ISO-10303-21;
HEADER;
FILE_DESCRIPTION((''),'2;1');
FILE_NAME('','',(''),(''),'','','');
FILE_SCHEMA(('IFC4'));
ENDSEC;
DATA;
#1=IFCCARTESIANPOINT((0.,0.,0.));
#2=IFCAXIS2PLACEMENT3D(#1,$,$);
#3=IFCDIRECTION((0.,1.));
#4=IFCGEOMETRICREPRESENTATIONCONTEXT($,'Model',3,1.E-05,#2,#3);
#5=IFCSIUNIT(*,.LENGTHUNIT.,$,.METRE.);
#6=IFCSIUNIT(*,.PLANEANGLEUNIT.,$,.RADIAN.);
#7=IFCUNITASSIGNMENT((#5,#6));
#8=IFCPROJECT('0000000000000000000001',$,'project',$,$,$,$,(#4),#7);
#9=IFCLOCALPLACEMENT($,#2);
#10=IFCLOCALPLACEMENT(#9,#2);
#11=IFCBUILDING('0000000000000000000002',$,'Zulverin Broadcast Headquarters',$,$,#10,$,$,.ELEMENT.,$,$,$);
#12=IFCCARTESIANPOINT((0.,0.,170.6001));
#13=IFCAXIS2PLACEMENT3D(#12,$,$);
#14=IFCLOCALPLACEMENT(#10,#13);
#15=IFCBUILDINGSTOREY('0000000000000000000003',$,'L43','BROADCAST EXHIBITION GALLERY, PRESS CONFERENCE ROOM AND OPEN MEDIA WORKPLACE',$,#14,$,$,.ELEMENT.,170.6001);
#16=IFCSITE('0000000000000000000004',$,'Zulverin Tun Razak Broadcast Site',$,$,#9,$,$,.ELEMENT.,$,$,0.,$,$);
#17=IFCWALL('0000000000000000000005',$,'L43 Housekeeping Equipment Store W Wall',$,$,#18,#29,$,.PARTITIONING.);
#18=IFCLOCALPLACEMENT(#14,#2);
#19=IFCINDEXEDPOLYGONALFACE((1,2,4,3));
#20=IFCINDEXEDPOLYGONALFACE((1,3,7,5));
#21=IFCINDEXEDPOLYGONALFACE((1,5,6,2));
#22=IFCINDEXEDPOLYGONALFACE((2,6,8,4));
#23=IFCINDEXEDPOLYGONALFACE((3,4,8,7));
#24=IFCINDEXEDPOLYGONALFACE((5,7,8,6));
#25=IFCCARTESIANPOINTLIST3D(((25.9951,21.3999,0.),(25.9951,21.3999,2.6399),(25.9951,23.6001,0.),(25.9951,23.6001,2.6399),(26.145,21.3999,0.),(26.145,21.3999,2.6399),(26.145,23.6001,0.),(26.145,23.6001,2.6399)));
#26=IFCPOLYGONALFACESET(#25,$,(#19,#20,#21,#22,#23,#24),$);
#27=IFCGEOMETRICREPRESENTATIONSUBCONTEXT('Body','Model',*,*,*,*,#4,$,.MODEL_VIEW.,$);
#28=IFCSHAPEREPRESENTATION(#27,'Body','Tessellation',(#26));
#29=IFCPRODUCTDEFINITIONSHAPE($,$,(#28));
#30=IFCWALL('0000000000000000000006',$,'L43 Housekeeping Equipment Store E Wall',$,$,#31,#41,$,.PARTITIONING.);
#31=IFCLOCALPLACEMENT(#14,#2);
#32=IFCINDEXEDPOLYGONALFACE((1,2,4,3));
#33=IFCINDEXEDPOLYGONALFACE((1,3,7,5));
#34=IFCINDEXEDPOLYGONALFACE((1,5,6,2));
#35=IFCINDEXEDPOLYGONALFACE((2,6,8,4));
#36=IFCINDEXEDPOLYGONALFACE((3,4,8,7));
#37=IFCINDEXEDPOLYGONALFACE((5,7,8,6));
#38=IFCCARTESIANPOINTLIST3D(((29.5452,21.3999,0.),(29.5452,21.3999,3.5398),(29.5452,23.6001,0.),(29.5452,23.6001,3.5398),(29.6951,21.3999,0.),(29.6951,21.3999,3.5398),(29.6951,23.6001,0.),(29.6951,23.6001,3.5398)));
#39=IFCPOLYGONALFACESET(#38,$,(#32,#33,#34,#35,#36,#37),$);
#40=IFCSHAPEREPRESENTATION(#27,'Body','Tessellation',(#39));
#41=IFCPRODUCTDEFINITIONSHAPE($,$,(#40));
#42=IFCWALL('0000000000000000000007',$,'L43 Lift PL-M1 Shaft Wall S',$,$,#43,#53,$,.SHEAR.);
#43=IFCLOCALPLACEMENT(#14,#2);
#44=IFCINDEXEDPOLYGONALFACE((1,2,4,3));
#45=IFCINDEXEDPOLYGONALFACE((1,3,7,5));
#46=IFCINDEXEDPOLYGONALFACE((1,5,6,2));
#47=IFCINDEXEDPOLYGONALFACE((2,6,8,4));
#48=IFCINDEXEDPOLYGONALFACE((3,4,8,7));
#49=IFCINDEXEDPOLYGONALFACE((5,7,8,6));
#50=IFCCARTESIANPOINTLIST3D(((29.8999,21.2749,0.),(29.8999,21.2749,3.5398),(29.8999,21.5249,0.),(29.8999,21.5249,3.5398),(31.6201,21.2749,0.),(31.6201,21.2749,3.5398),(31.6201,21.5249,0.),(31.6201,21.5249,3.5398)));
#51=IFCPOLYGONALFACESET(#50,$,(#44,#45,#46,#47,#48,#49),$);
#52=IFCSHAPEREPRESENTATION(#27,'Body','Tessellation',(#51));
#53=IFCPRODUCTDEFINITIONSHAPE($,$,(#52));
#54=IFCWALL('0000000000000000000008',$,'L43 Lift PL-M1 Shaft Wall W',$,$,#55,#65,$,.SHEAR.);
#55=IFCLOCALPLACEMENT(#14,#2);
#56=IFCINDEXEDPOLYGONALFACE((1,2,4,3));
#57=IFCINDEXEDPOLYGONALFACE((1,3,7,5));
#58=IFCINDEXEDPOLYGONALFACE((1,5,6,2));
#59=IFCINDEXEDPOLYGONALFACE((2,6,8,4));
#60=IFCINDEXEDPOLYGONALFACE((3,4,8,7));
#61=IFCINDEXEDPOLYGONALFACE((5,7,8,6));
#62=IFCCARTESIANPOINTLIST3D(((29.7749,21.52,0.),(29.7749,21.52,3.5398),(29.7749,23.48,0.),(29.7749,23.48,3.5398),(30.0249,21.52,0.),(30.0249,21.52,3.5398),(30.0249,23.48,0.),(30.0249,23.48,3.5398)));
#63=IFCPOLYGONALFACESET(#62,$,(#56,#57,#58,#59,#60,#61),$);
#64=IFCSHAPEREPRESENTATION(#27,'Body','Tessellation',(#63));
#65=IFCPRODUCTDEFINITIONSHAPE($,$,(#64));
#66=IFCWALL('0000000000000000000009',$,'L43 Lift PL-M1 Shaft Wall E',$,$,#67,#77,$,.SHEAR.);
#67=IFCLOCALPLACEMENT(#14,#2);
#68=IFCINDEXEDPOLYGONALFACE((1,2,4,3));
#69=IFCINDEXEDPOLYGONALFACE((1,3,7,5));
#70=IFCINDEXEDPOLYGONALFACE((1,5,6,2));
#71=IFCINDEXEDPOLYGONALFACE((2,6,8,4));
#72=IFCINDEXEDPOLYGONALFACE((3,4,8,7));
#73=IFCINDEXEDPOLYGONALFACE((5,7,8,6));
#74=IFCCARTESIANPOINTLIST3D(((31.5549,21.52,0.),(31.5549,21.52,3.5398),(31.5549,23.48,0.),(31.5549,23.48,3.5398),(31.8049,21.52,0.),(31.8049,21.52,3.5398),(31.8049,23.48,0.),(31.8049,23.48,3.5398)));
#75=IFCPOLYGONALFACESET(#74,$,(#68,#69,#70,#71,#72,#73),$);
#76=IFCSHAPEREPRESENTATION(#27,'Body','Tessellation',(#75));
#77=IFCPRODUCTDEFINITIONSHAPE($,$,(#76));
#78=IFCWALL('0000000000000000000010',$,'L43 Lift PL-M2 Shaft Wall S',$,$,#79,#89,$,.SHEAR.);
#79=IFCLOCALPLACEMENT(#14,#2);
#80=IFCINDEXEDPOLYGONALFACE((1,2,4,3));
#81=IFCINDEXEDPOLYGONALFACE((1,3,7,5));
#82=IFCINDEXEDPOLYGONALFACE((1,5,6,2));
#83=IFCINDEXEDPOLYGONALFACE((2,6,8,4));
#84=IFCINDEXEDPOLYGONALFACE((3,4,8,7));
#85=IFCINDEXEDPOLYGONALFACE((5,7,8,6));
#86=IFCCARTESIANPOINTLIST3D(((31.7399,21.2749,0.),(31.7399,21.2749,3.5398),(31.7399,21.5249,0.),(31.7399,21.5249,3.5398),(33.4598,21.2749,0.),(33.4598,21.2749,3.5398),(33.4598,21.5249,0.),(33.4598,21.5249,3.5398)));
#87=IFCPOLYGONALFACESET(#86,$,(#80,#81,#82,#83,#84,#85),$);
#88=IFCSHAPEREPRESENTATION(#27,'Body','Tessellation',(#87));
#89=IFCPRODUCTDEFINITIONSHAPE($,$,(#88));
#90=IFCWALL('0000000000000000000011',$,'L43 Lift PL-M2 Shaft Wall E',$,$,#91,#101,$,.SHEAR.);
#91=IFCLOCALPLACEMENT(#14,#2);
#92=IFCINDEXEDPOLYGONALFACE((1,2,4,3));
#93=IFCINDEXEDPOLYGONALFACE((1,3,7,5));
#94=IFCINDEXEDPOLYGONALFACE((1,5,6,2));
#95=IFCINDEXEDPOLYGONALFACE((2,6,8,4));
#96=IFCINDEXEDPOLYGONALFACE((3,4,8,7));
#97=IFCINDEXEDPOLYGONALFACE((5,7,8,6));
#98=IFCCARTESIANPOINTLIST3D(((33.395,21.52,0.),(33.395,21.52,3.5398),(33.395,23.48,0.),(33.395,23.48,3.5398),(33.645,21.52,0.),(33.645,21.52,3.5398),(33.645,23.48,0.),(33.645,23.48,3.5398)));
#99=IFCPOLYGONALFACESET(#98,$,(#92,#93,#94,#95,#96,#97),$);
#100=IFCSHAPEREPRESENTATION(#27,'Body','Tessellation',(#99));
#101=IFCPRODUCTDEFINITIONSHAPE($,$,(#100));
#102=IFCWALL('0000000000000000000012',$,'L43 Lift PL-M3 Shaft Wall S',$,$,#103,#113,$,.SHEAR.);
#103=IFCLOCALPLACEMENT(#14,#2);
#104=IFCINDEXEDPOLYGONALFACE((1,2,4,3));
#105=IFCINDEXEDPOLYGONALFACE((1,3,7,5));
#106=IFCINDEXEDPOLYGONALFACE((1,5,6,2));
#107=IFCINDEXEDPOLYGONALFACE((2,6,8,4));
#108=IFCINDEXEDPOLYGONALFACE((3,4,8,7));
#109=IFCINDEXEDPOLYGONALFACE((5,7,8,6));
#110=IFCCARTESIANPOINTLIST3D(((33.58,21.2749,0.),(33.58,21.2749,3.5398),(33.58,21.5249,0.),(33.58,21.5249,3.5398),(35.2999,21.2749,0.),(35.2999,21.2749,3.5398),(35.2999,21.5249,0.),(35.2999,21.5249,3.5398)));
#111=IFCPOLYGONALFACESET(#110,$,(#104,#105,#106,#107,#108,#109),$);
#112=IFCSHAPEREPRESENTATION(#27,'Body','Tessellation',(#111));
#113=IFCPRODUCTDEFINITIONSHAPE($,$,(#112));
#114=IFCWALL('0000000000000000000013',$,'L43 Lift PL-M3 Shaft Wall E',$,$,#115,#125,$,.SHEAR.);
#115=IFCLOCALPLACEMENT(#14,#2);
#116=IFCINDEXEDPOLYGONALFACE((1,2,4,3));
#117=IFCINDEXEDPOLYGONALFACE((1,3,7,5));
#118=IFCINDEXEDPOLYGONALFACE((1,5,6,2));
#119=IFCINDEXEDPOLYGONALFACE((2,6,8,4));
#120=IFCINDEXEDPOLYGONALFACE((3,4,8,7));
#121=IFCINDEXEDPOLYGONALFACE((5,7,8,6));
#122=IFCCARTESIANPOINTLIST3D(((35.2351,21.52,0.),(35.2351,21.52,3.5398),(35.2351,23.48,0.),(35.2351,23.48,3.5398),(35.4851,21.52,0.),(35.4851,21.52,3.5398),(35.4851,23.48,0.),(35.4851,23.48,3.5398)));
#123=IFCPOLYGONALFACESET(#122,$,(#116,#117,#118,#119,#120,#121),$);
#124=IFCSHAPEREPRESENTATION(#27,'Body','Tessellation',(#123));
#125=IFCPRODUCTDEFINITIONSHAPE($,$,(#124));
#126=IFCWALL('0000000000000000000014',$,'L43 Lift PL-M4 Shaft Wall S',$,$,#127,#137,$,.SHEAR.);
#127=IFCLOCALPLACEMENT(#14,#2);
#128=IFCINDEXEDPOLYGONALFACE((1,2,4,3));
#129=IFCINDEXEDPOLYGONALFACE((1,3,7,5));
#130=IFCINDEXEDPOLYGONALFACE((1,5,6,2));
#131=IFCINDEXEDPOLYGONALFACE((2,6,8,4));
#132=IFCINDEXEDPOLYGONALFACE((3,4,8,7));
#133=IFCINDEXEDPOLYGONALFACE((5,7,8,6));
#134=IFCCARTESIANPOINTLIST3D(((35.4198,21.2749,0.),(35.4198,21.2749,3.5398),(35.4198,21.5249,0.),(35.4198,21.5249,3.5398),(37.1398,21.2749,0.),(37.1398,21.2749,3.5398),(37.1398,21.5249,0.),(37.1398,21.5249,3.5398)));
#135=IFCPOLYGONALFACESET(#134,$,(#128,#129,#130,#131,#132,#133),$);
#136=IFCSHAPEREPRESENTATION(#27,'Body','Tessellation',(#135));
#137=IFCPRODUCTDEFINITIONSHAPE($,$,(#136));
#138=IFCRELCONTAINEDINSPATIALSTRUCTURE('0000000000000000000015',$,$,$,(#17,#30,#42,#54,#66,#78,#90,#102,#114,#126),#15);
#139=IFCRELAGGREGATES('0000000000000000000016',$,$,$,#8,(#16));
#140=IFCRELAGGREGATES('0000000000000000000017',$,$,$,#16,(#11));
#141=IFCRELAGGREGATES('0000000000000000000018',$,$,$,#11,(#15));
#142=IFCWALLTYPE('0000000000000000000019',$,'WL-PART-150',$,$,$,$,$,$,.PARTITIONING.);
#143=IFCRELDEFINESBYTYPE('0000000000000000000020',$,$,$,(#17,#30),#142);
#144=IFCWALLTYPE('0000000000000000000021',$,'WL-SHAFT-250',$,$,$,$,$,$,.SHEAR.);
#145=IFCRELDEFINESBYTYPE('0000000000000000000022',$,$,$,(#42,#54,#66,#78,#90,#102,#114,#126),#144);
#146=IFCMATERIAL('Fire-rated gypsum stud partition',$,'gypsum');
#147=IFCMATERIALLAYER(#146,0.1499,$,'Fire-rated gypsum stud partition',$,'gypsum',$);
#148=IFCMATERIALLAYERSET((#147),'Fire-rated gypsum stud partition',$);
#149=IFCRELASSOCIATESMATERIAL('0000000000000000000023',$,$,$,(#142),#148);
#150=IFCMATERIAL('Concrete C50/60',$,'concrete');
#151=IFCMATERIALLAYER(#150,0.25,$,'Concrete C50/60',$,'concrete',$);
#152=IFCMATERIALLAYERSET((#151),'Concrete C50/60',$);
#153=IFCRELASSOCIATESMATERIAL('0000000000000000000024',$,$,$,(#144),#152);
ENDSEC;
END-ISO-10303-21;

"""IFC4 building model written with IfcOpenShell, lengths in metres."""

from ifc_helpers import new_model, si_unit, direction, frame, frame_2d, origin, place, context, subcontext, project, spatial, rectangle, extrude, material, layer, layer_set, type_object, element, save


model = new_model("IFC4")

# Units and contexts
model_context = context("Model", 3, precision=1e-05, world=origin(), true_north=direction((0.0, 1.0)))
body_context = subcontext(model_context, "Body", "Model", "MODEL_VIEW")
ifc_project = project(units=[si_unit("LENGTHUNIT", "METRE"), si_unit("PLANEANGLEUNIT", "RADIAN")], contexts=[model_context])

# Site, building, storey
site_placement = place(None, origin())
site = spatial("IfcSite", under=ifc_project, at=site_placement, Name="Zulverin Tun Razak Broadcast Site", CompositionType="ELEMENT", RefElevation=0.0)
building_placement = place(site_placement, origin())
building = spatial("IfcBuilding", under=site, at=building_placement, Name="Zulverin Broadcast Headquarters", CompositionType="ELEMENT")
storey_placement = place(building_placement, frame((0.0, 0.0, 170.6001)))
storey = spatial("IfcBuildingStorey", under=building, at=storey_placement, Name="L43", Description="BROADCAST EXHIBITION GALLERY, PRESS CONFERENCE ROOM AND OPEN MEDIA WORKPLACE", CompositionType="ELEMENT", Elevation=170.6001)

# Shared definitions
ifc_material_1 = material(Name="Fire-rated gypsum stud partition", Category="gypsum")
ifc_layer_1 = layer(ifc_material_1, 0.1499, Name="Fire-rated gypsum stud partition", Category="gypsum")
ifc_layer_set_1 = layer_set([ifc_layer_1], Name="Fire-rated gypsum stud partition")
wall_type_1 = type_object("IfcWallType", Name="WL-PART-150", PredefinedType="PARTITIONING", material=ifc_layer_set_1)

# Walls
wall_1_placement = place(storey_placement, frame((26.0701, 21.3999, 0.0), z_axis=(0.0, 0.0, 1.0), x_axis=(0.0, 1.0, 0.0)))
element("IfcWall", 1, at=wall_1_placement, inside=storey, type_object=wall_type_1, Name="L43 Housekeeping Equipment Store W Wall", PredefinedType="PARTITIONING", context=body_context, shape_type="SweptSolid", body=[
    extrude(rectangle(XDim=2.2002, YDim=0.1499, at=frame_2d((1.1001, 0.0))), origin(), (0.0, 0.0, 1.0), 2.6399),
])
wall_2_placement = place(storey_placement, frame((29.6201, 21.3999, 0.0), z_axis=(0.0, 0.0, 1.0), x_axis=(0.0, 1.0, 0.0)))
element("IfcWall", 2, at=wall_2_placement, inside=storey, type_object=wall_type_1, Name="L43 Housekeeping Equipment Store E Wall", PredefinedType="PARTITIONING", context=body_context, shape_type="SweptSolid", body=[
    extrude(rectangle(XDim=2.2002, YDim=0.1499, at=frame_2d((1.1001, 0.0))), origin(), (0.0, 0.0, 1.0), 3.5398),
])
ifc_material_2 = material(Name="Concrete C50/60", Category="concrete")
ifc_layer_2 = layer(ifc_material_2, 0.25, Name="Concrete C50/60", Category="concrete")
ifc_layer_set_2 = layer_set([ifc_layer_2], Name="Concrete C50/60")
wall_type_2 = type_object("IfcWallType", Name="WL-SHAFT-250", PredefinedType="SHEAR", material=ifc_layer_set_2)
wall_3_placement = place(storey_placement, frame((29.8999, 21.3999, 0.0), z_axis=(0.0, 0.0, 1.0), x_axis=(1.0, 0.0, 0.0)))
element("IfcWall", 3, at=wall_3_placement, inside=storey, type_object=wall_type_2, Name="L43 Lift PL-M1 Shaft Wall S", PredefinedType="SHEAR", context=body_context, shape_type="SweptSolid", body=[
    extrude(rectangle(XDim=1.7202, YDim=0.25, at=frame_2d((0.8601, 0.0))), origin(), (0.0, 0.0, 1.0), 3.5398),
])
for number, where, z_axis, x_axis, name in (
    (4, (29.8999, 21.52, 0.0), (0.0, 0.0, 1.0), (0.0, 1.0, 0.0), "L43 Lift PL-M1 Shaft Wall W"),
    (5, (31.6799, 21.52, 0.0), (0.0, 0.0, 1.0), (0.0, 1.0, 0.0), "L43 Lift PL-M1 Shaft Wall E"),
):
    element("IfcWall", number, at=place(storey_placement, frame(where, z_axis=z_axis, x_axis=x_axis)), inside=storey, type_object=wall_type_2, Name=name, PredefinedType="SHEAR", context=body_context, shape_type="SweptSolid", body=[
        extrude(rectangle(XDim=1.96, YDim=0.25, at=frame_2d((0.98, 0.0))), origin(), (0.0, 0.0, 1.0), 3.5398),
    ])
wall_4_placement = place(storey_placement, frame((31.74, 21.3999, 0.0), z_axis=(0.0, 0.0, 1.0), x_axis=(1.0, 0.0, 0.0)))
element("IfcWall", 6, at=wall_4_placement, inside=storey, type_object=wall_type_2, Name="L43 Lift PL-M2 Shaft Wall S", PredefinedType="SHEAR", context=body_context, shape_type="SweptSolid", body=[
    extrude(rectangle(XDim=1.72, YDim=0.25, at=frame_2d((0.8599, 0.0))), origin(), (0.0, 0.0, 1.0), 3.5398),
])
wall_5_placement = place(storey_placement, frame((33.52, 21.52, 0.0), z_axis=(0.0, 0.0, 1.0), x_axis=(0.0, 1.0, 0.0)))
element("IfcWall", 7, at=wall_5_placement, inside=storey, type_object=wall_type_2, Name="L43 Lift PL-M2 Shaft Wall E", PredefinedType="SHEAR", context=body_context, shape_type="SweptSolid", body=[
    extrude(rectangle(XDim=1.96, YDim=0.25, at=frame_2d((0.98, 0.0))), origin(), (0.0, 0.0, 1.0), 3.5398),
])
wall_6_placement = place(storey_placement, frame((33.5801, 21.3999, 0.0), z_axis=(0.0, 0.0, 1.0), x_axis=(1.0, 0.0, 0.0)))
element("IfcWall", 8, at=wall_6_placement, inside=storey, type_object=wall_type_2, Name="L43 Lift PL-M3 Shaft Wall S", PredefinedType="SHEAR", context=body_context, shape_type="SweptSolid", body=[
    extrude(rectangle(XDim=1.72, YDim=0.25, at=frame_2d((0.8599, 0.0))), origin(), (0.0, 0.0, 1.0), 3.5398),
])
wall_7_placement = place(storey_placement, frame((35.3601, 21.52, 0.0), z_axis=(0.0, 0.0, 1.0), x_axis=(0.0, 1.0, 0.0)))
element("IfcWall", 9, at=wall_7_placement, inside=storey, type_object=wall_type_2, Name="L43 Lift PL-M3 Shaft Wall E", PredefinedType="SHEAR", context=body_context, shape_type="SweptSolid", body=[
    extrude(rectangle(XDim=1.96, YDim=0.25, at=frame_2d((0.98, 0.0))), origin(), (0.0, 0.0, 1.0), 3.5398),
])
wall_8_placement = place(storey_placement, frame((35.4199, 21.3999, 0.0), z_axis=(0.0, 0.0, 1.0), x_axis=(1.0, 0.0, 0.0)))
element("IfcWall", 10, at=wall_8_placement, inside=storey, type_object=wall_type_2, Name="L43 Lift PL-M4 Shaft Wall S", PredefinedType="SHEAR", context=body_context, shape_type="SweptSolid", body=[
    extrude(rectangle(XDim=1.72, YDim=0.25, at=frame_2d((0.8599, 0.0))), origin(), (0.0, 0.0, 1.0), 3.5398),
])

save(model, "model.ifc")
